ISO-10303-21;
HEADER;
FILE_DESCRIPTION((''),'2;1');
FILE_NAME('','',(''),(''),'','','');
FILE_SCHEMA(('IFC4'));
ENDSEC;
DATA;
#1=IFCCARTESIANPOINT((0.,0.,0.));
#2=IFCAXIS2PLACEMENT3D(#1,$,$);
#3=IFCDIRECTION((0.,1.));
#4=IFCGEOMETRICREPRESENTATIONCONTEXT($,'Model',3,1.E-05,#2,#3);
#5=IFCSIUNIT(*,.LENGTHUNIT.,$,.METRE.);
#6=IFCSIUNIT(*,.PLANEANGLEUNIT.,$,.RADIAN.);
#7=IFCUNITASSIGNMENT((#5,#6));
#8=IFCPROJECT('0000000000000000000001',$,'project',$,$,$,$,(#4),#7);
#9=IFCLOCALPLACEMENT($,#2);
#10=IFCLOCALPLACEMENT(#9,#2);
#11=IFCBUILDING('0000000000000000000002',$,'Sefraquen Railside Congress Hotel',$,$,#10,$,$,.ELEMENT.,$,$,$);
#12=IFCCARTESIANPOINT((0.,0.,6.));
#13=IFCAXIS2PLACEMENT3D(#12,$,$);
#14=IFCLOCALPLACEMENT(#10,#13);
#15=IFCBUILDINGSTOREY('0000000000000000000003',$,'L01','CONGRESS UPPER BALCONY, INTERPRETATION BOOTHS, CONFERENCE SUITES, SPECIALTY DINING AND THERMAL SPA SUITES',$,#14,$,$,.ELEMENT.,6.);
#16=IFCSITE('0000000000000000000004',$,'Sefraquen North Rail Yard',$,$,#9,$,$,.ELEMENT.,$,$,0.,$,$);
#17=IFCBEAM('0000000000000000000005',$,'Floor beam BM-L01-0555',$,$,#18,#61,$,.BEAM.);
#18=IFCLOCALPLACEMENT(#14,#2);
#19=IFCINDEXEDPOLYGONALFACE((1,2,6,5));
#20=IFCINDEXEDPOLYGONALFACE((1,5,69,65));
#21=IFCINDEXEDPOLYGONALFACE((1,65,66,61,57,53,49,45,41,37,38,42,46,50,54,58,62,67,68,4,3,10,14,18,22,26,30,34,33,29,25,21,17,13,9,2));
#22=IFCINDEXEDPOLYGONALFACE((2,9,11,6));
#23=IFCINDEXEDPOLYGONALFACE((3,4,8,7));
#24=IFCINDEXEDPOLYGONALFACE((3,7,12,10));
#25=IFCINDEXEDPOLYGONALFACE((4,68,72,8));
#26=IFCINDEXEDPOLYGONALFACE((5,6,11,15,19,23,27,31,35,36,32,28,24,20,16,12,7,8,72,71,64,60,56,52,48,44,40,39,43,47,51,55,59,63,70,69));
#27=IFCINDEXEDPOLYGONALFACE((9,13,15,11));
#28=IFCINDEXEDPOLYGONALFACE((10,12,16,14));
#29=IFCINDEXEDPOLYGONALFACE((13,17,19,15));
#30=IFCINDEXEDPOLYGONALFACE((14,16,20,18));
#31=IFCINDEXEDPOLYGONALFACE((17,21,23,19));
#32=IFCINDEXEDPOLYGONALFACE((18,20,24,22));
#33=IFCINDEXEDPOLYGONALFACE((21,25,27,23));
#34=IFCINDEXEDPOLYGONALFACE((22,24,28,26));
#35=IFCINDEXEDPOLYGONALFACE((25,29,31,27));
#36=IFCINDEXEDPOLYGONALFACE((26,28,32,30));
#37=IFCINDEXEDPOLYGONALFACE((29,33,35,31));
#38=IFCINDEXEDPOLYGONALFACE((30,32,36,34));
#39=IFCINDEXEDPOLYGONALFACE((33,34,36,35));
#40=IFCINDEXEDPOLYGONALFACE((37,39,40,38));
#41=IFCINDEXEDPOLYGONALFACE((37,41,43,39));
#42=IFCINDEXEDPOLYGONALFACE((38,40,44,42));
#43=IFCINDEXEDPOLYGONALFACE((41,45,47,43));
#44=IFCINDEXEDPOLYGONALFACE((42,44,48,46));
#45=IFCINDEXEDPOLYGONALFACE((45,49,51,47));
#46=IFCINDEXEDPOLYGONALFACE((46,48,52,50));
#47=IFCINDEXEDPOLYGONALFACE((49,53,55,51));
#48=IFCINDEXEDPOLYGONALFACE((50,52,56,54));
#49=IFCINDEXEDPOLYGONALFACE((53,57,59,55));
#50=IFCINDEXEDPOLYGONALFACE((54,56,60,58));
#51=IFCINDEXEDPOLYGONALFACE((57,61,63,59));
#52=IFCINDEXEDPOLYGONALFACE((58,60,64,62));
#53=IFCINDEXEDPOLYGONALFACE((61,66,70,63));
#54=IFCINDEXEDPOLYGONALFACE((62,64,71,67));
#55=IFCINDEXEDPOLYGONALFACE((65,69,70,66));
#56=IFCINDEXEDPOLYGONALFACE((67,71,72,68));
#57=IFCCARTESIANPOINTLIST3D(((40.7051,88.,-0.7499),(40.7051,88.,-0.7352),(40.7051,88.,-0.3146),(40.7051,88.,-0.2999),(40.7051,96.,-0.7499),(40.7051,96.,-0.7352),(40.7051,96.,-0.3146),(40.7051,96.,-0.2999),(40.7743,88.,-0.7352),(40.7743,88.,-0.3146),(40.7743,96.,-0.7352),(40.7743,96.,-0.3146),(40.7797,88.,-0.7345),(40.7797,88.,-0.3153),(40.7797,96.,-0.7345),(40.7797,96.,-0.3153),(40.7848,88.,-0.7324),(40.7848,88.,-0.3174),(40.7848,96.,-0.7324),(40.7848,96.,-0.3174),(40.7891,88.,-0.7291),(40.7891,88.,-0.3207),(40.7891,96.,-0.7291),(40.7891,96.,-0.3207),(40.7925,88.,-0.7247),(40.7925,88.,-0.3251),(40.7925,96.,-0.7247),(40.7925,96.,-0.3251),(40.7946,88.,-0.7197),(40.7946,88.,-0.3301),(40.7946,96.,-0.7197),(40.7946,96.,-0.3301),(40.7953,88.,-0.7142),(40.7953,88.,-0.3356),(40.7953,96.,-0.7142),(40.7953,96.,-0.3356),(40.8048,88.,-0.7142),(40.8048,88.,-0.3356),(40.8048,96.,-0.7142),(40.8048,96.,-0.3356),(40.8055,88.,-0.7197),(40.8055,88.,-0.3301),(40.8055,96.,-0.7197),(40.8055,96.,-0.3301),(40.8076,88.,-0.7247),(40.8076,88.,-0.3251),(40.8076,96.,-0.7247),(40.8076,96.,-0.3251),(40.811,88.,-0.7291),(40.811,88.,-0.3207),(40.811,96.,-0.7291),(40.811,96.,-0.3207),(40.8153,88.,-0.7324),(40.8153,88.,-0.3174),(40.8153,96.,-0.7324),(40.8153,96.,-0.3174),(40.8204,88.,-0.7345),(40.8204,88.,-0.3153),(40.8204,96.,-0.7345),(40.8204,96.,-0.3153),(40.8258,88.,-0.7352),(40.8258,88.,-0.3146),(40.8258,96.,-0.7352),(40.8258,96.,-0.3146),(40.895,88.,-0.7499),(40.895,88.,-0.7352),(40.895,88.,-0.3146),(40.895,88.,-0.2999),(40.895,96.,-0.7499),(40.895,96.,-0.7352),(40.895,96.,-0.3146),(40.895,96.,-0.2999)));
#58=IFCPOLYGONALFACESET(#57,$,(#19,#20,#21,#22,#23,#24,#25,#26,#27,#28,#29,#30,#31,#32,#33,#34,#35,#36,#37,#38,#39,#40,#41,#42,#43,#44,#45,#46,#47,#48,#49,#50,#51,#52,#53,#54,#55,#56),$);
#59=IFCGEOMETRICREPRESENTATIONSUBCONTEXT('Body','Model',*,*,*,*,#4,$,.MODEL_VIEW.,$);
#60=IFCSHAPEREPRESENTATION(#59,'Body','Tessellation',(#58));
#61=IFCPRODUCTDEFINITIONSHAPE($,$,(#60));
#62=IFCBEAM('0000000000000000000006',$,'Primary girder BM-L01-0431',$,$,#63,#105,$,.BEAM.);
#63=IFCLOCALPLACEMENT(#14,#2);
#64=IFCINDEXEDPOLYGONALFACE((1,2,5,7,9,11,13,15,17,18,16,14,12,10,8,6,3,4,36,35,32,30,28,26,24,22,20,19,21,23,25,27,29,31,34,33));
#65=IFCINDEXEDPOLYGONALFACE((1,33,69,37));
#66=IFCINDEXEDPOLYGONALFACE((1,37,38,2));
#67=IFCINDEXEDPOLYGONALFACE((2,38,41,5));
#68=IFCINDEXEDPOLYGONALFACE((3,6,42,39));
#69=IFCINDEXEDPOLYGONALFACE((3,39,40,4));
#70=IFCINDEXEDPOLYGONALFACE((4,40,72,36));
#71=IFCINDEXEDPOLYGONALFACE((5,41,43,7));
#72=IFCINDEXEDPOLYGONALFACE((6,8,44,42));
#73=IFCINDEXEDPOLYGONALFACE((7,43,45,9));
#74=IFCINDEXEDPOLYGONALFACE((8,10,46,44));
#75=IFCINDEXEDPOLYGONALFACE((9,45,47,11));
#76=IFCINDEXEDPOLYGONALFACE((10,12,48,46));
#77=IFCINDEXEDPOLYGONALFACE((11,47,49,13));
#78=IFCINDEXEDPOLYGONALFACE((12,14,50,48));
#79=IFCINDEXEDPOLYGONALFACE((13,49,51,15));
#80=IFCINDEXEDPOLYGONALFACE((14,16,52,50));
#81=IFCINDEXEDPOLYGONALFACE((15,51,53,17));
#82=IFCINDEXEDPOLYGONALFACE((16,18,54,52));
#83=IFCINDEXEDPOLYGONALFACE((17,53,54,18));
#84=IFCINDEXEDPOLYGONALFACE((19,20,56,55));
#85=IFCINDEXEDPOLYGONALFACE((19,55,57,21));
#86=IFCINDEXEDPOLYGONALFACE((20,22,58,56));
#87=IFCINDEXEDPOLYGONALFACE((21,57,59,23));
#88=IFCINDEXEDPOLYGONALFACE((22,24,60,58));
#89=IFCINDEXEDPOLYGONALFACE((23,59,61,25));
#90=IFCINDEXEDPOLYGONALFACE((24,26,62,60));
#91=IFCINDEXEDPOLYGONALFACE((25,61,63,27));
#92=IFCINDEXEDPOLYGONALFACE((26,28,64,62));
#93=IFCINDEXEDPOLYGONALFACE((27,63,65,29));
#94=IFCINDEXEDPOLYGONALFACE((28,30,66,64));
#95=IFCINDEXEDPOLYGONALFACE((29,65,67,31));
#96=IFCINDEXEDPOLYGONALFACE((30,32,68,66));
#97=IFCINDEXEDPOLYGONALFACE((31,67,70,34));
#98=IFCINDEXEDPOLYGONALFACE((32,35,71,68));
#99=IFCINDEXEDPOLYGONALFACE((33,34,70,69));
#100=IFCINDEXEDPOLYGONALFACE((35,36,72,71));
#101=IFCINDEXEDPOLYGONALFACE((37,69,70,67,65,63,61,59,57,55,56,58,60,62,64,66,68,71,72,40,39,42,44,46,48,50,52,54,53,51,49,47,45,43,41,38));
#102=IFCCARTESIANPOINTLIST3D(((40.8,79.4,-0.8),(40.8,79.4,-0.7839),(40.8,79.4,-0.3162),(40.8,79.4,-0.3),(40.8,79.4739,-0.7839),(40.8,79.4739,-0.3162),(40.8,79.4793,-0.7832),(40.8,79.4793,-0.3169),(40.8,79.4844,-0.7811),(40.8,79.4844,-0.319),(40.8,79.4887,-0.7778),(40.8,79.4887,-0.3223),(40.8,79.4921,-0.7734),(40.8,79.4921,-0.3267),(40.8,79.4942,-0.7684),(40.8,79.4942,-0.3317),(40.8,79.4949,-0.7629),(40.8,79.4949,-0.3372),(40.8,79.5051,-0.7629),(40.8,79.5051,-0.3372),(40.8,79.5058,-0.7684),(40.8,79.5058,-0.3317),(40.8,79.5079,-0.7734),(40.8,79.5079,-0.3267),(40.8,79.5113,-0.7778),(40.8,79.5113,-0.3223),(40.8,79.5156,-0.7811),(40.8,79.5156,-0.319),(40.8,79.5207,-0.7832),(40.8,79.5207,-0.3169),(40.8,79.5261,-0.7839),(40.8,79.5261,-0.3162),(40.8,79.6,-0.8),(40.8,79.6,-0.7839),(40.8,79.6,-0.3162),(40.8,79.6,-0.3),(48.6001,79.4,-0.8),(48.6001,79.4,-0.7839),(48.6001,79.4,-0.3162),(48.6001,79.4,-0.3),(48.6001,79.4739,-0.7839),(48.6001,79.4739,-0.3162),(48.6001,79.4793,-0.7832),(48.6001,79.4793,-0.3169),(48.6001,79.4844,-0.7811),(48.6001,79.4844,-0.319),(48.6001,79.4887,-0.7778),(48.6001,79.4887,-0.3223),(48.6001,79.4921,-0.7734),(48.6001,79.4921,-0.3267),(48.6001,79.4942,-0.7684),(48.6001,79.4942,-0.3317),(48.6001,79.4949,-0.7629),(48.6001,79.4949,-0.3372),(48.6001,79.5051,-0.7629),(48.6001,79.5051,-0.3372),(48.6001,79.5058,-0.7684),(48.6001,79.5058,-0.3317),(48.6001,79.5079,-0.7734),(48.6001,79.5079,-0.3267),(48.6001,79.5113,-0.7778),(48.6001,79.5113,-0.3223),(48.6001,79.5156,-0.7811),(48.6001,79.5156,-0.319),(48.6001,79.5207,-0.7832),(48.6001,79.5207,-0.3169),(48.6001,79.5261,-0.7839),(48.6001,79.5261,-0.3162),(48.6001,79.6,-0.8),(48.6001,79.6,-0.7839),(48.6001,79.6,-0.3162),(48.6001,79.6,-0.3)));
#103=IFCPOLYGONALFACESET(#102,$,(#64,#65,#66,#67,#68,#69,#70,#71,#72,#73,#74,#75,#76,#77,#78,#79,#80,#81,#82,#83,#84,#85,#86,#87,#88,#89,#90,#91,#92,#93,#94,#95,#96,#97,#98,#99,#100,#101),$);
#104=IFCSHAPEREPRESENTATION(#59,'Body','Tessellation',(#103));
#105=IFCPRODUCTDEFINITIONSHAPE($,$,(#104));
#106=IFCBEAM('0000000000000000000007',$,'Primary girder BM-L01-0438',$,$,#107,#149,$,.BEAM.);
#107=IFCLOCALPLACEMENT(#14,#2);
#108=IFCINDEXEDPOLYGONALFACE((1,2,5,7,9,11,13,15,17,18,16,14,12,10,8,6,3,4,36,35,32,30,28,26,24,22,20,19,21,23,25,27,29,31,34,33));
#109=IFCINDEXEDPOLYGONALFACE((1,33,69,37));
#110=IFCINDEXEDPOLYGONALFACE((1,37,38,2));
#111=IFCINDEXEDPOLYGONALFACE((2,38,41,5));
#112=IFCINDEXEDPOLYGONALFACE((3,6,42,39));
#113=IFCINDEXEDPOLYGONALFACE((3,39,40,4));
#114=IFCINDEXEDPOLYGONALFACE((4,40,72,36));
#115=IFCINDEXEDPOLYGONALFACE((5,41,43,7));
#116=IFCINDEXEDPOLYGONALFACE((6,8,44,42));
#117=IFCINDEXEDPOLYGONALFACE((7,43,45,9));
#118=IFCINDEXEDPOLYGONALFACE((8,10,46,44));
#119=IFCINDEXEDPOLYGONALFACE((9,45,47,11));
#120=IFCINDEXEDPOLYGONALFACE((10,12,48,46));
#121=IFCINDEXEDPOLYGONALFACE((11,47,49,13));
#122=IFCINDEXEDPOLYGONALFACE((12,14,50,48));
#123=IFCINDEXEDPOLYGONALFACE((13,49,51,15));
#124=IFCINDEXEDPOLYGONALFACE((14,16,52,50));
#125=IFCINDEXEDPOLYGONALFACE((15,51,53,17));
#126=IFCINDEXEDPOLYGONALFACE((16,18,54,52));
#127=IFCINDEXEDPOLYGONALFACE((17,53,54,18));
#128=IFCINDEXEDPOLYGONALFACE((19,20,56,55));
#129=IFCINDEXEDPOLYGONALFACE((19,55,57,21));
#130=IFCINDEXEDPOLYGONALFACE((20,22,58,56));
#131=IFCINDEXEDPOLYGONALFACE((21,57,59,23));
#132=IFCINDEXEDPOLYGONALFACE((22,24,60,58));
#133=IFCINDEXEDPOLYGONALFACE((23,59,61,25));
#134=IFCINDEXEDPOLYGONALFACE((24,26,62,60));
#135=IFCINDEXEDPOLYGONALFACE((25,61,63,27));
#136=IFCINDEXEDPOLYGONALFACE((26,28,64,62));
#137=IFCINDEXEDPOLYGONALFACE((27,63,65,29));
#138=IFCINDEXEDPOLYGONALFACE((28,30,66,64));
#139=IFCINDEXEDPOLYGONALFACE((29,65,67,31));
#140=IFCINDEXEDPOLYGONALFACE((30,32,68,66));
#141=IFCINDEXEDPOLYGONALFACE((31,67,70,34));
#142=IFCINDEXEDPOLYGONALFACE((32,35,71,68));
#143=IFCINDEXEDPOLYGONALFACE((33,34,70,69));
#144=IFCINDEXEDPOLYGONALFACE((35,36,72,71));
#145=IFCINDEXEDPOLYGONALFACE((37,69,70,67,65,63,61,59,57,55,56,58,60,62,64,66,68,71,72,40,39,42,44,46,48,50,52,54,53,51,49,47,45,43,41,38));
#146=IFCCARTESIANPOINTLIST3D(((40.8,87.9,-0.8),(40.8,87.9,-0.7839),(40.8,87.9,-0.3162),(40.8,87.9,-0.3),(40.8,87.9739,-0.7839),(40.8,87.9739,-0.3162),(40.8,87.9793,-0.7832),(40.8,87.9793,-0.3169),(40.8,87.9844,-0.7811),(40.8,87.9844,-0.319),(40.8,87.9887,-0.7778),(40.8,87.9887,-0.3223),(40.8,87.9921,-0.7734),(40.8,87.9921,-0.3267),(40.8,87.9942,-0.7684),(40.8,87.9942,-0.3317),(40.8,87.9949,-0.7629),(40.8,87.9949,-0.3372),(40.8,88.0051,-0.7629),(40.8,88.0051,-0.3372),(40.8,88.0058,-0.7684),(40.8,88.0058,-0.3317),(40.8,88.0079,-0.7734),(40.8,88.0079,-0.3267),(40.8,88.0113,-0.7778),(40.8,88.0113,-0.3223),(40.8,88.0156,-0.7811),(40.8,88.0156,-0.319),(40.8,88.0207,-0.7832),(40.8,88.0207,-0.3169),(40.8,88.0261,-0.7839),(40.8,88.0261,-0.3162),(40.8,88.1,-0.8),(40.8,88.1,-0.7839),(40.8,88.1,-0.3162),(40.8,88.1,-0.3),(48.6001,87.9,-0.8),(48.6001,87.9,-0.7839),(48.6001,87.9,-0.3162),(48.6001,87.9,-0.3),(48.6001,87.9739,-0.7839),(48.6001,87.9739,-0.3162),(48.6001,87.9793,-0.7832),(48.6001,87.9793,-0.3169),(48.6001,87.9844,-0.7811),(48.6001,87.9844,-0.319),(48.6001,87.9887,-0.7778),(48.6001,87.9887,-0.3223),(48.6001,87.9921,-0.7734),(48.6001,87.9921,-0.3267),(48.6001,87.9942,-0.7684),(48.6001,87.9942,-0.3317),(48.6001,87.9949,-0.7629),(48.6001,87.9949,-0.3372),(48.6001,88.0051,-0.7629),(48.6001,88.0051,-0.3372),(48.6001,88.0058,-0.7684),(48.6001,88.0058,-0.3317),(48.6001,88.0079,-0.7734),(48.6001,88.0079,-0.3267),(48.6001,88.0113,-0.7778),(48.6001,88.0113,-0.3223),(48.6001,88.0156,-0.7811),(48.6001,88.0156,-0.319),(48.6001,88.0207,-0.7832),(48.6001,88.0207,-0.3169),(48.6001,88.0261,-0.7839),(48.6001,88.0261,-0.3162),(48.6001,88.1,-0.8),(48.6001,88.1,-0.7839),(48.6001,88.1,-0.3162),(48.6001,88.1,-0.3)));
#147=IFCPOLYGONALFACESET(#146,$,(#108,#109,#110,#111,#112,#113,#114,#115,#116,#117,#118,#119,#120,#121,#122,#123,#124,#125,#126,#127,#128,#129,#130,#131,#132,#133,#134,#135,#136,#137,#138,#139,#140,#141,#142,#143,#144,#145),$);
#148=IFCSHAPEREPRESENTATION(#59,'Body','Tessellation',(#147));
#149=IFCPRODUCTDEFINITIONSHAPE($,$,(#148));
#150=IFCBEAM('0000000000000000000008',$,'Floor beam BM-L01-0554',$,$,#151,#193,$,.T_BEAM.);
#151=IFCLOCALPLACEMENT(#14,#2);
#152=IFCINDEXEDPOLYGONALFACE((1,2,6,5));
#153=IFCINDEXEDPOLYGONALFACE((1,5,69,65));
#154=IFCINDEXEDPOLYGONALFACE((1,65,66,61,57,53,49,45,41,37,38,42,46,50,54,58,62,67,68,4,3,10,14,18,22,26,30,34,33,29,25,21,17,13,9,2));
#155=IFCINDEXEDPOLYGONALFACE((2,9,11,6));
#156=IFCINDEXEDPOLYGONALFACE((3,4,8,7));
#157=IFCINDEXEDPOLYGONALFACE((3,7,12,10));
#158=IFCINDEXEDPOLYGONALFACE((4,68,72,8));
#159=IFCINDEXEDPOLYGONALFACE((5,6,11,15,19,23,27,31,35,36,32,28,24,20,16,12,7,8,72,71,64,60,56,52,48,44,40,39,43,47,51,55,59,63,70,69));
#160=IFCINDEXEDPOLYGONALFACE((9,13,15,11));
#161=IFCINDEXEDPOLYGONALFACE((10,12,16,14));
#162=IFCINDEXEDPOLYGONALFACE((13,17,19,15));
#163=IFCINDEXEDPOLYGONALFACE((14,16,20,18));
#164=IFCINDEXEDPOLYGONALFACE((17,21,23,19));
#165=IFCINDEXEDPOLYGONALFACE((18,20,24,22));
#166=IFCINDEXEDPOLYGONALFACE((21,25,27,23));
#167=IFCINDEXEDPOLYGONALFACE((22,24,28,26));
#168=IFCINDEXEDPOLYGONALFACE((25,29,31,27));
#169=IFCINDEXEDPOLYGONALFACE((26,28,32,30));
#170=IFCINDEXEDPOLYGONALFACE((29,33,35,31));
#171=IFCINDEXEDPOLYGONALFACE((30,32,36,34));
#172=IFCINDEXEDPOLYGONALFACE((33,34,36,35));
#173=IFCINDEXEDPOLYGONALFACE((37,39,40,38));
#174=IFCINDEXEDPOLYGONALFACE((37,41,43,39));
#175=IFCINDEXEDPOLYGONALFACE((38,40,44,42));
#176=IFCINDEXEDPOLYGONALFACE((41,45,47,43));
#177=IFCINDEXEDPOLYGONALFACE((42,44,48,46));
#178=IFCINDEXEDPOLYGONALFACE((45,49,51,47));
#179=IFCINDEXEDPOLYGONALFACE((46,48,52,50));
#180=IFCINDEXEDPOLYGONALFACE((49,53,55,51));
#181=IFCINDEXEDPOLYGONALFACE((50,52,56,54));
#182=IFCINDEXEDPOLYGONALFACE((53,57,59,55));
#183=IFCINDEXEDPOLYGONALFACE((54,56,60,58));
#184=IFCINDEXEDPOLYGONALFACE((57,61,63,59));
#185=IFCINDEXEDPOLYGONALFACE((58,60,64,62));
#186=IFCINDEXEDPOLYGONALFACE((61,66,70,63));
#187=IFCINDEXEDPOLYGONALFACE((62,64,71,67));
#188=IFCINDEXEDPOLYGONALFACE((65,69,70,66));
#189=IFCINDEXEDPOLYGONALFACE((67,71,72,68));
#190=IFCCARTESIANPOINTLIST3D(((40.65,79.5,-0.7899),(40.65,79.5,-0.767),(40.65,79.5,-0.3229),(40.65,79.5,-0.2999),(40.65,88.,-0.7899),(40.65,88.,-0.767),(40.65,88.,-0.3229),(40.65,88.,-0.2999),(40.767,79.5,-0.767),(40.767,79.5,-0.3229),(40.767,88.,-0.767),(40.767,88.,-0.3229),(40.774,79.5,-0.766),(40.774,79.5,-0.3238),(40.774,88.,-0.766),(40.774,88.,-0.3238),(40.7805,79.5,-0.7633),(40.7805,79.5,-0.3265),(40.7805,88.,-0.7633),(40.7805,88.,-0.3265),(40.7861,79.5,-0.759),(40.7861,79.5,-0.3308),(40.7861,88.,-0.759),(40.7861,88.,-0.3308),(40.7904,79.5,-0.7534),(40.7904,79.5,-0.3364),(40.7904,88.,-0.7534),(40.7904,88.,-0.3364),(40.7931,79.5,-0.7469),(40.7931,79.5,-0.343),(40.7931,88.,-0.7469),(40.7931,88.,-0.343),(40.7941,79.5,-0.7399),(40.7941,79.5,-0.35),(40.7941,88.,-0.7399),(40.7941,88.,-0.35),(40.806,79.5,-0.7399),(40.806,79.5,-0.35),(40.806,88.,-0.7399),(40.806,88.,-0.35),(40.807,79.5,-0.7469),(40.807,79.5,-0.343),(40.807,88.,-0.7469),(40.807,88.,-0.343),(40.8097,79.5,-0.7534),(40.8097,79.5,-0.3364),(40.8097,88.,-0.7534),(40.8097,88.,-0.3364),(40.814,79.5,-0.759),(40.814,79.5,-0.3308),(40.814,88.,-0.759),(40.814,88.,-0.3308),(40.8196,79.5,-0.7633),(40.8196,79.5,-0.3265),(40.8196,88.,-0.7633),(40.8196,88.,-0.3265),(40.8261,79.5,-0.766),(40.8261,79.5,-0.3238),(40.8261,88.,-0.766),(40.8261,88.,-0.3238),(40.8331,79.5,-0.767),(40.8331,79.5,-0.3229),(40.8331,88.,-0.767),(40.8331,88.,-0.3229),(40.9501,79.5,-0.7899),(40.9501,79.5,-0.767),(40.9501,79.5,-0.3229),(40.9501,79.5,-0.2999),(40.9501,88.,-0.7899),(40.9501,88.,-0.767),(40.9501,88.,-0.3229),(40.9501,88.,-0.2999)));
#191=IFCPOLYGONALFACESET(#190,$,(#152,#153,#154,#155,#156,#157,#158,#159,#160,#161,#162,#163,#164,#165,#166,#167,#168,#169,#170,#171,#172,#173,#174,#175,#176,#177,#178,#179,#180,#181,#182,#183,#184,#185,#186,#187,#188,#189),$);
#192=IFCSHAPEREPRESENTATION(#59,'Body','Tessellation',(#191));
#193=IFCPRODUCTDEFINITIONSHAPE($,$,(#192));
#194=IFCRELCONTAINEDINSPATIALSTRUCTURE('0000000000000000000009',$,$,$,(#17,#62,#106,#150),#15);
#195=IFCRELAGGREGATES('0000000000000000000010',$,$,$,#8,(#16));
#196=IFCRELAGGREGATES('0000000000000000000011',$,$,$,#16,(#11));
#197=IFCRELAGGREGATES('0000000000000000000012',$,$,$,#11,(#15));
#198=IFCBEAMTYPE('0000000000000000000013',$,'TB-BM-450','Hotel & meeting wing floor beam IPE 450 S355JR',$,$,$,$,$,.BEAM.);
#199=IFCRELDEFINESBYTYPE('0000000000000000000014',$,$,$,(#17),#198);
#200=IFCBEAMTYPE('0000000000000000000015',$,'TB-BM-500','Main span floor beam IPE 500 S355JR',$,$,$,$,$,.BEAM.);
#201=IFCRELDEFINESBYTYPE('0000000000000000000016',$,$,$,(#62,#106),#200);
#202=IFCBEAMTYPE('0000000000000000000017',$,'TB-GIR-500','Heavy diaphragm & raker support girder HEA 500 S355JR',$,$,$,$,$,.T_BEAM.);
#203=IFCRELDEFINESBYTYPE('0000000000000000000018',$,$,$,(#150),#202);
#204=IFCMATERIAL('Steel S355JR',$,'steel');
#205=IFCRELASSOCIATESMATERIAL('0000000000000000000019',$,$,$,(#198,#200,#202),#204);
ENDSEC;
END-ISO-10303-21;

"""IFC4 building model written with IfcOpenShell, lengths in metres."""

from ifc_helpers import new_model, si_unit, direction, frame, origin, origin_2d, place, context, subcontext, project, spatial, i_section, extrude, material, material_profile, profile_set, type_object, element, save


model = new_model("IFC4")

# Units and contexts
model_context = context("Model", 3, precision=1e-05, world=origin(), true_north=direction((0.0, 1.0)))
body_context = subcontext(model_context, "Body", "Model", "MODEL_VIEW")
ifc_project = project(units=[si_unit("LENGTHUNIT", "METRE"), si_unit("PLANEANGLEUNIT", "RADIAN")], contexts=[model_context])

# Site, building, storey
site_placement = place(None, origin())
site = spatial("IfcSite", under=ifc_project, at=site_placement, Name="Sefraquen North Rail Yard", CompositionType="ELEMENT", RefElevation=0.0)
building_placement = place(site_placement, origin())
building = spatial("IfcBuilding", under=site, at=building_placement, Name="Sefraquen Railside Congress Hotel", CompositionType="ELEMENT")
storey_placement = place(building_placement, frame((0.0, 0.0, 6.0)))
storey = spatial("IfcBuildingStorey", under=building, at=storey_placement, Name="L01", Description="CONGRESS UPPER BALCONY, INTERPRETATION BOOTHS, CONFERENCE SUITES, SPECIALTY DINING AND THERMAL SPA SUITES", CompositionType="ELEMENT", Elevation=6.0)

# Shared definitions
ifc_material_1 = material(Name="Steel S355JR", Category="steel")

# Beams
ifc_material_profile_1 = material_profile(ifc_material_1, i_section(OverallWidth=0.1899, OverallDepth=0.45, WebThickness=0.0095, FlangeThickness=0.0146, FilletRadius=0.021, at=origin_2d()), Name="IPE 450")
ifc_profile_set_1 = profile_set([ifc_material_profile_1], Name="Steel S355JR")
beam_type_1 = type_object("IfcBeamType", Name="TB-BM-450", Description="Hotel & meeting wing floor beam IPE 450 S355JR", PredefinedType="BEAM", material=ifc_profile_set_1)
beam_placement = place(storey_placement, frame((40.8, 88.0, -0.5249), z_axis=(0.0, 1.0, 0.0), x_axis=(-1.0, 0.0, 0.0)))
element("IfcBeam", 1, at=beam_placement, inside=storey, type_object=beam_type_1, Name="Floor beam BM-L01-0555", PredefinedType="BEAM", context=body_context, shape_type="SweptSolid", body=[
    extrude(i_section(OverallWidth=0.1899, OverallDepth=0.45, WebThickness=0.0095, FlangeThickness=0.0146, FilletRadius=0.021, at=origin_2d()), origin(), (0.0, 0.0, 1.0), 8.0),
])
ifc_material_profile_2 = material_profile(ifc_material_1, i_section(OverallWidth=0.2, OverallDepth=0.5, WebThickness=0.0103, FlangeThickness=0.0161, FilletRadius=0.021, at=origin_2d()), Name="IPE 500")
ifc_profile_set_2 = profile_set([ifc_material_profile_2], Name="Steel S355JR")
beam_type_2 = type_object("IfcBeamType", Name="TB-BM-500", Description="Main span floor beam IPE 500 S355JR", PredefinedType="BEAM", material=ifc_profile_set_2)
for number, where, z_axis, x_axis, name in (
    (2, (40.8, 79.5, -0.55), (1.0, 0.0, 0.0), (0.0, 1.0, 0.0), "Primary girder BM-L01-0431"),
    (3, (40.8, 88.0, -0.55), (1.0, 0.0, 0.0), (0.0, 1.0, 0.0), "Primary girder BM-L01-0438"),
):
    element("IfcBeam", number, at=place(storey_placement, frame(where, z_axis=z_axis, x_axis=x_axis)), inside=storey, type_object=beam_type_2, Name=name, PredefinedType="BEAM", context=body_context, shape_type="SweptSolid", body=[
        extrude(i_section(OverallWidth=0.2, OverallDepth=0.5, WebThickness=0.0103, FlangeThickness=0.0161, FilletRadius=0.021, at=origin_2d()), origin(), (0.0, 0.0, 1.0), 7.8),
    ])
ifc_material_profile_3 = material_profile(ifc_material_1, i_section(OverallWidth=0.3, OverallDepth=0.49, WebThickness=0.012, FlangeThickness=0.0229, FilletRadius=0.0271, at=origin_2d()), Name="HEA 500")
ifc_profile_set_3 = profile_set([ifc_material_profile_3], Name="Steel S355JR")
beam_type_3 = type_object("IfcBeamType", Name="TB-GIR-500", Description="Heavy diaphragm & raker support girder HEA 500 S355JR", PredefinedType="T_BEAM", material=ifc_profile_set_3)
for number, where, z_axis, x_axis, name in (
    (4, (40.8, 79.5, -0.5449), (0.0, 1.0, 0.0), (-1.0, 0.0, 0.0), "Floor beam BM-L01-0554"),
):
    element("IfcBeam", number, at=place(storey_placement, frame(where, z_axis=z_axis, x_axis=x_axis)), inside=storey, type_object=beam_type_3, Name=name, PredefinedType="T_BEAM", context=body_context, shape_type="SweptSolid", body=[
        extrude(i_section(OverallWidth=0.3, OverallDepth=0.49, WebThickness=0.012, FlangeThickness=0.0229, FilletRadius=0.0271, at=origin_2d()), origin(), (0.0, 0.0, 1.0), 8.5),
    ])

save(model, "model.ifc")
